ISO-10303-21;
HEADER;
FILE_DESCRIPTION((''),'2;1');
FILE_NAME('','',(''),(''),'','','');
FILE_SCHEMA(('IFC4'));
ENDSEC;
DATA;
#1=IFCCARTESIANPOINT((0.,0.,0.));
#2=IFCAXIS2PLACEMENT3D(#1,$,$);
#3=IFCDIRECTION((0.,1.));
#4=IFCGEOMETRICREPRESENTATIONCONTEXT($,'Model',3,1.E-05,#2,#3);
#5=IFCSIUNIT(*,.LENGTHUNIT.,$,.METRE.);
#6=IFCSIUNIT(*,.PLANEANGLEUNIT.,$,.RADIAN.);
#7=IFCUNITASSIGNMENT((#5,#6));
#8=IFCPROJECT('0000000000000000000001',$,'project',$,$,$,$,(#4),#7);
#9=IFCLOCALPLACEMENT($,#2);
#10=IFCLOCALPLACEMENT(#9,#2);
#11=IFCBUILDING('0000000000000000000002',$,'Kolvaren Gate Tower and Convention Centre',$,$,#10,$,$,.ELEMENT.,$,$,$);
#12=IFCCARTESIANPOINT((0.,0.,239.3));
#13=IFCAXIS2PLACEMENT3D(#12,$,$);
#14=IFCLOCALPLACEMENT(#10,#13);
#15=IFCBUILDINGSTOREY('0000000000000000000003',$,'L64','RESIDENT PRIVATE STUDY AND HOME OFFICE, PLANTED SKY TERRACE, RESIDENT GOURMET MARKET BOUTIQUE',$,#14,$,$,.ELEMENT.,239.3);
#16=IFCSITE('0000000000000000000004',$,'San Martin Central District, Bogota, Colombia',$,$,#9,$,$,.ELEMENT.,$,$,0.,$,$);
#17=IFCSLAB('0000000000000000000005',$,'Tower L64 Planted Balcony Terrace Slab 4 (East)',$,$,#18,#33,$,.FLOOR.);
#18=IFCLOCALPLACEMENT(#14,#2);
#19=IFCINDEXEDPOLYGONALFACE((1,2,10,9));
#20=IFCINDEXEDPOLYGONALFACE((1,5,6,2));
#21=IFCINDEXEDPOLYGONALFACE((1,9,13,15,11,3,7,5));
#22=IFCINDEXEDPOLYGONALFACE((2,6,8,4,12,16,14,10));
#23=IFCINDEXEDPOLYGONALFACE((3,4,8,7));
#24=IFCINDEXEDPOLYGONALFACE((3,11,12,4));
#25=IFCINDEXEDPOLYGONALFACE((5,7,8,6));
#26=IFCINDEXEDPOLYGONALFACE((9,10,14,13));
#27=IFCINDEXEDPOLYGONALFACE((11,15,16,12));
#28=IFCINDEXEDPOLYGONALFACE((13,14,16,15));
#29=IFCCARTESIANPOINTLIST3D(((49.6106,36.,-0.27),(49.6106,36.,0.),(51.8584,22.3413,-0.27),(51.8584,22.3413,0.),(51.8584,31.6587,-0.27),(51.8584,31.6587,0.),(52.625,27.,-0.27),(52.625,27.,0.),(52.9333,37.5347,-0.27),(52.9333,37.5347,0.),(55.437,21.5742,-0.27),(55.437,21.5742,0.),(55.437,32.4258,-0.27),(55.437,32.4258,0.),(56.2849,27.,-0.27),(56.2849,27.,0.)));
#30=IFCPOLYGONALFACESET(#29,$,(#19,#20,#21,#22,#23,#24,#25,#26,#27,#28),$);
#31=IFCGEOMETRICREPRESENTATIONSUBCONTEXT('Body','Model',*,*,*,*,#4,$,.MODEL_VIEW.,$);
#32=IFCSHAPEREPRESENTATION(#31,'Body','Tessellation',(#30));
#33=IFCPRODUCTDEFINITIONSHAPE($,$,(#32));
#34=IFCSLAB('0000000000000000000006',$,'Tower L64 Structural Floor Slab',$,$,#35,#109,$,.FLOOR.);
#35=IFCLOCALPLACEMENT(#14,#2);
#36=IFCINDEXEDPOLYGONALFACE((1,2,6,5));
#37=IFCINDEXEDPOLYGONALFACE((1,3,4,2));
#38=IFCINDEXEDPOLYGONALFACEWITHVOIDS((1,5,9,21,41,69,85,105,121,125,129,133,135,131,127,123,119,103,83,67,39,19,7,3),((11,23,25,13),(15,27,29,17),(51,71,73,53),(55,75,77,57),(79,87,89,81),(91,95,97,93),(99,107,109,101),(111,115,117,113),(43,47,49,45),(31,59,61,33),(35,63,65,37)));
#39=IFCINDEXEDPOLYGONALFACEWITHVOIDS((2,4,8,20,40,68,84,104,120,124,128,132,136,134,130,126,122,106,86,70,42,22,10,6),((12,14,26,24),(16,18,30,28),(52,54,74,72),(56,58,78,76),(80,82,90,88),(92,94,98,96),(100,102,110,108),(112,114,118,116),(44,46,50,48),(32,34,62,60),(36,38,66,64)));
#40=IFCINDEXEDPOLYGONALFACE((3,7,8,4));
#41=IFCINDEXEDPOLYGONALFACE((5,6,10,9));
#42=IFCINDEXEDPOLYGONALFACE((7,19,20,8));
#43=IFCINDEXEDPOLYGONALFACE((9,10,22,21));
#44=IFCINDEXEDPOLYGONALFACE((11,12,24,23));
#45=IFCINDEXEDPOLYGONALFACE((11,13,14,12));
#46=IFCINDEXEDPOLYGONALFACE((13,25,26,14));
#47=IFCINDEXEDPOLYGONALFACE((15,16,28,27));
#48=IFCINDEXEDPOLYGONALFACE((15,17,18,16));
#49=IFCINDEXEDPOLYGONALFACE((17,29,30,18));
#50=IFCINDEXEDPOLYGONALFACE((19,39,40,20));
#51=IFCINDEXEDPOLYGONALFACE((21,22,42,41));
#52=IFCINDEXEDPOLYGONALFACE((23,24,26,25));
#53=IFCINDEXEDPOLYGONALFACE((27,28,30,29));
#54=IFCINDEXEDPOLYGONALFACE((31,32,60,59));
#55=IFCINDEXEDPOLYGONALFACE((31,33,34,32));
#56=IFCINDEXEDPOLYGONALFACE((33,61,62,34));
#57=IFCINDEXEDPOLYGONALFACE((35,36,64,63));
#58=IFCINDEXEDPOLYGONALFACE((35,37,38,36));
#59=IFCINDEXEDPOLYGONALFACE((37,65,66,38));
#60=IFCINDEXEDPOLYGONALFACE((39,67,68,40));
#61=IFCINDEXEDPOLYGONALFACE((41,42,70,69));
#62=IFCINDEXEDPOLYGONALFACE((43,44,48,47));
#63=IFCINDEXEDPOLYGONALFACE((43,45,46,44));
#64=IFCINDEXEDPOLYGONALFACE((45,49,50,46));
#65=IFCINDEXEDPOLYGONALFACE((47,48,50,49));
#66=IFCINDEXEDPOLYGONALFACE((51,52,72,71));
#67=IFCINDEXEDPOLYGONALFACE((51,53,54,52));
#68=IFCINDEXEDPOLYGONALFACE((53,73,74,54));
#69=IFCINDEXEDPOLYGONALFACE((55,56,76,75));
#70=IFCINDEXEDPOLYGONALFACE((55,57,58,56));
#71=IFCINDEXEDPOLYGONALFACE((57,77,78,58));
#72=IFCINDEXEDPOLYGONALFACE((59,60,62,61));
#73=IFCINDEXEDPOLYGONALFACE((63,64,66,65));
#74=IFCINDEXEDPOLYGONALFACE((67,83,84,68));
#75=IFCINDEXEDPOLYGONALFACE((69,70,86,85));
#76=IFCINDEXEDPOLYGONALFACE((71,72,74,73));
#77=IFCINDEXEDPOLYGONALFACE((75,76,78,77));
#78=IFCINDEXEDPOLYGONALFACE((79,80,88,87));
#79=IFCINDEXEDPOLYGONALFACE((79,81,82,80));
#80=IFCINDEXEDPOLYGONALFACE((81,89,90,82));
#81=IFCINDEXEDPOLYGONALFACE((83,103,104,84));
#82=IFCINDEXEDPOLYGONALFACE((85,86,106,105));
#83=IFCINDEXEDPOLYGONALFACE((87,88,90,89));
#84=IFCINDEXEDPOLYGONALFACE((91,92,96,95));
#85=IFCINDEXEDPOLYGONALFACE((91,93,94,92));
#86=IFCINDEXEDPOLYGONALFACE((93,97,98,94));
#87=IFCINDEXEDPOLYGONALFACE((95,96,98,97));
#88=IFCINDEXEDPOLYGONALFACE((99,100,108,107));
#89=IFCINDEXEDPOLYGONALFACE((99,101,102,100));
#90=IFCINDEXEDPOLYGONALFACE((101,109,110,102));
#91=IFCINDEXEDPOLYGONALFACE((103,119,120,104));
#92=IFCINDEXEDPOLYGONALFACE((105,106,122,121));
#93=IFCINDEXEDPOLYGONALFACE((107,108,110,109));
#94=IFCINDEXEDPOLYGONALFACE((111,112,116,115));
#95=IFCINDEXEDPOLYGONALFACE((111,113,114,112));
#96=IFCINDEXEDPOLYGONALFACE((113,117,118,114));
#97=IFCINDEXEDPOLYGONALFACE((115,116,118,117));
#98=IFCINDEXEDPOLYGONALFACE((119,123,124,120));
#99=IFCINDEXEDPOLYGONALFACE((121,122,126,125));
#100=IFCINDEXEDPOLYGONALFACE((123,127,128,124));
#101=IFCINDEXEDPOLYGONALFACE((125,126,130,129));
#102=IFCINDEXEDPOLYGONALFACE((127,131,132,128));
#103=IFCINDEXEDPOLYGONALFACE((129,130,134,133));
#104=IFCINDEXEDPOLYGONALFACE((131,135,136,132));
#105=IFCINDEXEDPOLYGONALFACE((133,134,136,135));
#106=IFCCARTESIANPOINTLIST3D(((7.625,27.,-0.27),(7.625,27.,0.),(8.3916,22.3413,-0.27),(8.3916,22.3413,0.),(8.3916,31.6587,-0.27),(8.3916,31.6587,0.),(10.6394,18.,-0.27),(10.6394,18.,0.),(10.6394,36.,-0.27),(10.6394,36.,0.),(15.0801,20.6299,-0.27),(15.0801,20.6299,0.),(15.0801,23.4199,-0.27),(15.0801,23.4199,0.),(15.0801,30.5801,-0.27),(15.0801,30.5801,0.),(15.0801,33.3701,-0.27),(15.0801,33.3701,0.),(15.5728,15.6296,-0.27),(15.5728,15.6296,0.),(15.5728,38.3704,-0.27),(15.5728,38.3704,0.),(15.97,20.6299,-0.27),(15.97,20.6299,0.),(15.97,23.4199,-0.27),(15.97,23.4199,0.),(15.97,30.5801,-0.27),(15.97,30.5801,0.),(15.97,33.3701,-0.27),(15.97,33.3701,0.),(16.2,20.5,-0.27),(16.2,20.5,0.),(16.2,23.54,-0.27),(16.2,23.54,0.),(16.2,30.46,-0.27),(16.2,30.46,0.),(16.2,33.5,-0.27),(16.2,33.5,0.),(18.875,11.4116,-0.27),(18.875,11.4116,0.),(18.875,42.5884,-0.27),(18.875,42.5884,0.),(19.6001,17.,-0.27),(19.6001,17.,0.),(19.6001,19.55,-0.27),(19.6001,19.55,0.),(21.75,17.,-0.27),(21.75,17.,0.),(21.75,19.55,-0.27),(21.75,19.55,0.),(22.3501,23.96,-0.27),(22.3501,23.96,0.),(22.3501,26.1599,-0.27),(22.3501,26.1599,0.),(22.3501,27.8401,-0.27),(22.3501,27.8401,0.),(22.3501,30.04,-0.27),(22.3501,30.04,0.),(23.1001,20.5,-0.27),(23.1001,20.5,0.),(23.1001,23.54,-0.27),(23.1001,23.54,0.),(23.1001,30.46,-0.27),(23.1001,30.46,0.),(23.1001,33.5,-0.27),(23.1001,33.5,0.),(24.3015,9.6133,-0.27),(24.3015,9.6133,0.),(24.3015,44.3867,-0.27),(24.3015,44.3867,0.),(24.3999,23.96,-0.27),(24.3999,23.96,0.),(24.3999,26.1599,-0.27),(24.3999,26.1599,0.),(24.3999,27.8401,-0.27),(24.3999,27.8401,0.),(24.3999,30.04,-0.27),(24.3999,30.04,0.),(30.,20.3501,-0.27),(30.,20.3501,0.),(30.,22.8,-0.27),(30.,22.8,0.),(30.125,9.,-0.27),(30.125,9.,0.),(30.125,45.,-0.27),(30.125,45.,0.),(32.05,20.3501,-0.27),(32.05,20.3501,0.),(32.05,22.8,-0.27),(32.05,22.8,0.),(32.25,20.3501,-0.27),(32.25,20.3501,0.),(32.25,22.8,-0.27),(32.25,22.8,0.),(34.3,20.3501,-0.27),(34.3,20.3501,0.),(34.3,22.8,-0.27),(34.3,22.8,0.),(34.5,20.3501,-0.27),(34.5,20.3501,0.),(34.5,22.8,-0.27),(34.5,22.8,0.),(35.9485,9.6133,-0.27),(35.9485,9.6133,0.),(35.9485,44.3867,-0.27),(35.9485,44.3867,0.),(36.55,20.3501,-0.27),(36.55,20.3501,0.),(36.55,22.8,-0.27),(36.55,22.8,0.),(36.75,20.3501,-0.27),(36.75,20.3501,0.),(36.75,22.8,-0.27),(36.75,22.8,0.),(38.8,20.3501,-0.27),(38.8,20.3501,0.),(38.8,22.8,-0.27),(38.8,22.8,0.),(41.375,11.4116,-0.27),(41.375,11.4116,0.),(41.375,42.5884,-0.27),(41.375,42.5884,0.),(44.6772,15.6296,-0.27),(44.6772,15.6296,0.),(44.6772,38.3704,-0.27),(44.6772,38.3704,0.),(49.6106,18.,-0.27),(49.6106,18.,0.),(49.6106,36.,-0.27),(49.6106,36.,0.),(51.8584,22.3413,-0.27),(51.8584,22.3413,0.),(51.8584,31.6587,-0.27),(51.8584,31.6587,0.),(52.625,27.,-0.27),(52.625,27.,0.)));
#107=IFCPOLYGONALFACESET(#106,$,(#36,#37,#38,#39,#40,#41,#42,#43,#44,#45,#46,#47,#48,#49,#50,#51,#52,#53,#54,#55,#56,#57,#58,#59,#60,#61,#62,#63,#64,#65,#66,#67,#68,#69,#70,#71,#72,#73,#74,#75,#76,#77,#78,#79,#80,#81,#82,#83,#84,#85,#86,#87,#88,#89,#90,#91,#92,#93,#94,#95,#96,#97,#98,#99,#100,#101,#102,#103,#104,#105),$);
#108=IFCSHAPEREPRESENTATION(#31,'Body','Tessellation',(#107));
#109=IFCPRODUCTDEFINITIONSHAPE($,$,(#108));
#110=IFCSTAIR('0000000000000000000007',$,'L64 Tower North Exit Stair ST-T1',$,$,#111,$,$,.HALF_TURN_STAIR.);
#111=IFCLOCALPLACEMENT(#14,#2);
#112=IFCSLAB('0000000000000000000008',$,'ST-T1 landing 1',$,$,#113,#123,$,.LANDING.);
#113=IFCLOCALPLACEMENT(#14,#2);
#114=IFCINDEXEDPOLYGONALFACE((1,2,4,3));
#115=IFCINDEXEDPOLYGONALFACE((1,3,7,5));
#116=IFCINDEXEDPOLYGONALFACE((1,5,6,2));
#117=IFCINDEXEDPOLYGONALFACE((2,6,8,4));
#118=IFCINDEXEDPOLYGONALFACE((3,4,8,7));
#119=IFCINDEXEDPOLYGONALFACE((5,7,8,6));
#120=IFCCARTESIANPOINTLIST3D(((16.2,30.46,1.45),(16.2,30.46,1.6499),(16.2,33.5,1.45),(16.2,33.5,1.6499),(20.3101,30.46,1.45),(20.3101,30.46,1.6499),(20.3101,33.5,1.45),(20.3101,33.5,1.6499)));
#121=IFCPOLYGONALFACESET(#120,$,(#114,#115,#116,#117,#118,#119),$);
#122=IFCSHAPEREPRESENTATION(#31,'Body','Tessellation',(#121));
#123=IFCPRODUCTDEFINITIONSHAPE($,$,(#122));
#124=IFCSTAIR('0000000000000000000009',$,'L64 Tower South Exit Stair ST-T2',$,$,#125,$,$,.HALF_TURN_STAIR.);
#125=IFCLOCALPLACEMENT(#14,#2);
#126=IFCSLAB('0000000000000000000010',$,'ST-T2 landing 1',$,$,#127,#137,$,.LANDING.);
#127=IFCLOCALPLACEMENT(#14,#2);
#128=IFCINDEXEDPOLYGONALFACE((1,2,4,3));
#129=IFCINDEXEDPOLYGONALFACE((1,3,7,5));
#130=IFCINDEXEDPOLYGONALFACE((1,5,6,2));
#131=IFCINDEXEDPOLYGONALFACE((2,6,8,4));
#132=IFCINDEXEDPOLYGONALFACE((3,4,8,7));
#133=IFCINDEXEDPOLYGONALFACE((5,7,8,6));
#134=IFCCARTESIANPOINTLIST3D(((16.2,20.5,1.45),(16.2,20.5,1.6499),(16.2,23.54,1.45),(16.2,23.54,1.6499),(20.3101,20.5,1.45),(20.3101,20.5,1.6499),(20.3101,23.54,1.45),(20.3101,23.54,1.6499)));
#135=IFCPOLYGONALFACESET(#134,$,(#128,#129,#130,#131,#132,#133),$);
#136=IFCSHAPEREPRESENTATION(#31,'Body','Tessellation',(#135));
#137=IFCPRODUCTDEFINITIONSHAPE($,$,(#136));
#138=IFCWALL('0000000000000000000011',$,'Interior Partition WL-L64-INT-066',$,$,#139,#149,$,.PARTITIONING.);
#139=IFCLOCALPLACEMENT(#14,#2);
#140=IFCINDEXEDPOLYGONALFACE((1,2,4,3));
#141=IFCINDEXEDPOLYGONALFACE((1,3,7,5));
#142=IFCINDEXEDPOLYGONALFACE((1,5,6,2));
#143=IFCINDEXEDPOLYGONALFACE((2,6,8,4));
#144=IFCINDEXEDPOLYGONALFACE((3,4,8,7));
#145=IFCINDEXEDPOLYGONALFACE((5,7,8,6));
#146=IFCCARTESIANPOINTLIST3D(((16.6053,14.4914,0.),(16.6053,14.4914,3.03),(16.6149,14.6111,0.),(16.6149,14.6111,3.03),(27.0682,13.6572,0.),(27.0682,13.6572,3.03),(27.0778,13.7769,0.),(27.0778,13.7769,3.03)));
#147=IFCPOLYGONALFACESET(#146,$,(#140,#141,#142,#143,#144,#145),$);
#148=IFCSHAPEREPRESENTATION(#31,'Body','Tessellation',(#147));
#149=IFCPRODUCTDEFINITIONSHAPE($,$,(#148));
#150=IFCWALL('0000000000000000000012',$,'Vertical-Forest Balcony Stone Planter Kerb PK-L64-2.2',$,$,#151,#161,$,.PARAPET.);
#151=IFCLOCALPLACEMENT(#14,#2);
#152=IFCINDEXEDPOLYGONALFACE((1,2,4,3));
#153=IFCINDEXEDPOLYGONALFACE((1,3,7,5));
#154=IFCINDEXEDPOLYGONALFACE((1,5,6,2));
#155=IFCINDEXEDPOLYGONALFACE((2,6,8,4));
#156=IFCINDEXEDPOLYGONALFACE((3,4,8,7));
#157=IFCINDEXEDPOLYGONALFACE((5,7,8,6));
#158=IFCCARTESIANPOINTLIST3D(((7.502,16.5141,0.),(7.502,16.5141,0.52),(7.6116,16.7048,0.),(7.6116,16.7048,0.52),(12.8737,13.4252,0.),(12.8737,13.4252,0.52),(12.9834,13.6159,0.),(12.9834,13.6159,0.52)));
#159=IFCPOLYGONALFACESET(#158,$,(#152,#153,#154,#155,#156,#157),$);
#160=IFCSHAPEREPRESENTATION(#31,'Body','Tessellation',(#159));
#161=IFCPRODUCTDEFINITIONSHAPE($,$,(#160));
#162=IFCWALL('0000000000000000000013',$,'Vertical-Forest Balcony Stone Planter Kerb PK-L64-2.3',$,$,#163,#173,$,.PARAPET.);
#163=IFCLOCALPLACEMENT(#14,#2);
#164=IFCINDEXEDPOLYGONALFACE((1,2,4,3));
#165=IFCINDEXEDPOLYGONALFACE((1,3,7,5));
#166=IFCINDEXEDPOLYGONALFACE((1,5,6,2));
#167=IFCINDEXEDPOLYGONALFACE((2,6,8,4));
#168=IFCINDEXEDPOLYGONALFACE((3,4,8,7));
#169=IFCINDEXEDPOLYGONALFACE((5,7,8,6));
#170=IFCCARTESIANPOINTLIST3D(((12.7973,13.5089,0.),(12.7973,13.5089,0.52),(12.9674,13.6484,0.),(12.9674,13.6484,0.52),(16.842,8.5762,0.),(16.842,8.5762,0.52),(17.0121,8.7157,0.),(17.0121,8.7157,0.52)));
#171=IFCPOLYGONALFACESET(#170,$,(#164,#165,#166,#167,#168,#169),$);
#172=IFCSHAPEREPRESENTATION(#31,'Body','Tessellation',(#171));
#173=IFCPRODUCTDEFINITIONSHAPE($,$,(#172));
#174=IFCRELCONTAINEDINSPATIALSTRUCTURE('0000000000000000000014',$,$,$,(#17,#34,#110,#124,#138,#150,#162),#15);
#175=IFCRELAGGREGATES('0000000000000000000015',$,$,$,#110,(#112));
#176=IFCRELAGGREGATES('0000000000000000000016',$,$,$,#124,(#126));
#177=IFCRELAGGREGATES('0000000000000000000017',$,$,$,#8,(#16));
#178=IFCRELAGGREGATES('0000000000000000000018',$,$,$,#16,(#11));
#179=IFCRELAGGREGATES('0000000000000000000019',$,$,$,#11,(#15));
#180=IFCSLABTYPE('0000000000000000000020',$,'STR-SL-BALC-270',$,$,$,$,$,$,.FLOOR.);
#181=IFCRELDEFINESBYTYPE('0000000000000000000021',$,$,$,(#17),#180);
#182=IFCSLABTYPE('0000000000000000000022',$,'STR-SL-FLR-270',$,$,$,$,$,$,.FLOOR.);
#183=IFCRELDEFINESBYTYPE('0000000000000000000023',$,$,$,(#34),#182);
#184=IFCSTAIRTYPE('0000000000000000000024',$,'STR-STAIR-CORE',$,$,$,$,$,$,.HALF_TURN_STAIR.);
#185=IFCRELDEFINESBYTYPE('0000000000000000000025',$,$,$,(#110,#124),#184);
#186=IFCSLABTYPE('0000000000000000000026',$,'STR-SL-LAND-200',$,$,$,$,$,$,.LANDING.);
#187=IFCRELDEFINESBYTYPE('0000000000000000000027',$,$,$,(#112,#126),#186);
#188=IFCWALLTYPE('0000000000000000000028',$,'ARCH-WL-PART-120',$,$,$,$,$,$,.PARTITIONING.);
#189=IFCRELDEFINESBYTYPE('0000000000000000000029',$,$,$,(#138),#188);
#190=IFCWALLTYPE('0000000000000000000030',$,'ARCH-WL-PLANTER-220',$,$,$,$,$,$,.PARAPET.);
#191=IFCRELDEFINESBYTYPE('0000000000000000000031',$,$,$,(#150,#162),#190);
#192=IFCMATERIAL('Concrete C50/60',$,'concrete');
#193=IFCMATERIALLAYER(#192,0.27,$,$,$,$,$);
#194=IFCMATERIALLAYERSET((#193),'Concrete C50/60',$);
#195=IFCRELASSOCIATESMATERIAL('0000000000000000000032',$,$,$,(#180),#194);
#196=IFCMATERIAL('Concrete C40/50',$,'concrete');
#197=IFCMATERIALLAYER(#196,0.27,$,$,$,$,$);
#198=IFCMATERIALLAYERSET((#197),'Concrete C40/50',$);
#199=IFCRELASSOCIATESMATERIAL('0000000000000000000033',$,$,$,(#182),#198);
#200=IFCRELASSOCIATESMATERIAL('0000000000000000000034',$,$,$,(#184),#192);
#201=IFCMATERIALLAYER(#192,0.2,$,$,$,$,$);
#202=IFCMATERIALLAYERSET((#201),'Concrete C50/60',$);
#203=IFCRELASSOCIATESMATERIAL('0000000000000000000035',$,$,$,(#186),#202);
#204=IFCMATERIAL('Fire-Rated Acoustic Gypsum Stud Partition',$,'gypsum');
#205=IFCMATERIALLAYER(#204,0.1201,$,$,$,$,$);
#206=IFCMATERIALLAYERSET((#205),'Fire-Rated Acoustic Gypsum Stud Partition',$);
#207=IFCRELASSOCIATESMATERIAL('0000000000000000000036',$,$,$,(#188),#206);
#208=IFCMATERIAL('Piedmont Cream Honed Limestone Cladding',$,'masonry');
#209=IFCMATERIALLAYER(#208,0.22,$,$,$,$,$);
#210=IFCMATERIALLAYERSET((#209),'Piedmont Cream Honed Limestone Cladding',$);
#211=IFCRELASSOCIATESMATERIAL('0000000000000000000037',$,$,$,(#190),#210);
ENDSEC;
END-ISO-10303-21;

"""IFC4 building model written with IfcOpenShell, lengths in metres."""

from ifc_helpers import new_model, si_unit, direction, frame, frame_2d, origin, place, context, subcontext, project, spatial, polyline, rectangle, outline, extrude, material, layer, layer_set, type_object, element, aggregate, save


model = new_model("IFC4")

# Units and contexts
model_context = context("Model", 3, precision=1e-05, world=origin(), true_north=direction((0.0, 1.0)))
body_context = subcontext(model_context, "Body", "Model", "MODEL_VIEW")
ifc_project = project(units=[si_unit("LENGTHUNIT", "METRE"), si_unit("PLANEANGLEUNIT", "RADIAN")], contexts=[model_context])

# Site, building, storey
site_placement = place(None, origin())
site = spatial("IfcSite", under=ifc_project, at=site_placement, Name="San Martin Central District, Bogota, Colombia", CompositionType="ELEMENT", RefElevation=0.0)
building_placement = place(site_placement, origin())
building = spatial("IfcBuilding", under=site, at=building_placement, Name="Kolvaren Gate Tower and Convention Centre", CompositionType="ELEMENT")
storey_placement = place(building_placement, frame((0.0, 0.0, 239.3)))
storey = spatial("IfcBuildingStorey", under=building, at=storey_placement, Name="L64", Description="RESIDENT PRIVATE STUDY AND HOME OFFICE, PLANTED SKY TERRACE, RESIDENT GOURMET MARKET BOUTIQUE", CompositionType="ELEMENT", Elevation=239.3)

# Shared definitions
ifc_material_1 = material(Name="Concrete C50/60", Category="concrete")

# Slabs
ifc_layer_1 = layer(ifc_material_1, 0.27)
ifc_layer_set_1 = layer_set([ifc_layer_1], Name="Concrete C50/60")
slab_type_1 = type_object("IfcSlabType", Name="STR-SL-BALC-270", PredefinedType="FLOOR", material=ifc_layer_set_1)
slab_1_placement = place(storey_placement, frame((0.0, 0.0, -0.27)))
element("IfcSlab", 1, at=slab_1_placement, inside=storey, type_object=slab_type_1, Name="Tower L64 Planted Balcony Terrace Slab 4 (East)", PredefinedType="FLOOR", context=body_context, shape_type="SweptSolid", body=[
    extrude(outline(polyline([(51.8584, 22.3413), (52.625, 27.0), (51.8584, 31.6587), (49.6106, 36.0), (52.9333, 37.5347), (55.437, 32.4258), (56.2849, 27.0), (55.437, 21.5742), (51.8584, 22.3413)])), origin(), (0.0, 0.0, 1.0), 0.27),
])
ifc_material_2 = material(Name="Concrete C40/50", Category="concrete")
ifc_layer_2 = layer(ifc_material_2, 0.27)
ifc_layer_set_2 = layer_set([ifc_layer_2], Name="Concrete C40/50")
slab_type_2 = type_object("IfcSlabType", Name="STR-SL-FLR-270", PredefinedType="FLOOR", material=ifc_layer_set_2)
slab_2_placement = place(storey_placement, frame((0.0, 0.0, -0.27)))
element("IfcSlab", 2, at=slab_2_placement, inside=storey, type_object=slab_type_2, Name="Tower L64 Structural Floor Slab", PredefinedType="FLOOR", context=body_context, shape_type="SweptSolid", body=[
    extrude(outline(polyline([(52.625, 27.0), (51.8584, 31.6587), (49.6106, 36.0), (44.6772, 38.3704), (41.375, 42.5884), (35.9485, 44.3867), (30.125, 45.0), (24.3015, 44.3867), (18.875, 42.5884), (15.5728, 38.3704), (10.6394, 36.0), (8.3916, 31.6587), (7.625, 27.0), (8.3916, 22.3413), (10.6394, 18.0), (15.5728, 15.6296), (18.875, 11.4116), (24.3015, 9.6133), (30.125, 9.0), (35.9485, 9.6133), (41.375, 11.4116), (44.6772, 15.6296), (49.6106, 18.0), (51.8584, 22.3413), (52.625, 27.0)]), holes=[polyline([(36.75, 20.3501), (36.75, 22.8), (38.8, 22.8), (38.8, 20.3501), (36.75, 20.3501)]), polyline([(36.55, 20.3501), (34.5, 20.3501), (34.5, 22.8), (36.55, 22.8), (36.55, 20.3501)]), polyline([(32.25, 20.3501), (32.25, 22.8), (34.3, 22.8), (34.3, 20.3501), (32.25, 20.3501)]), polyline([(30.0, 20.3501), (30.0, 22.8), (32.05, 22.8), (32.05, 20.3501), (30.0, 20.3501)]), polyline([(22.3501, 23.96), (22.3501, 26.1599), (24.3999, 26.1599), (24.3999, 23.96), (22.3501, 23.96)]), polyline([(22.3501, 27.8401), (22.3501, 30.04), (24.3999, 30.04), (24.3999, 27.8401), (22.3501, 27.8401)]), polyline([(16.2, 23.54), (23.1001, 23.54), (23.1001, 20.5), (16.2, 20.5), (16.2, 23.54)]), polyline([(16.2, 33.5), (23.1001, 33.5), (23.1001, 30.46), (16.2, 30.46), (16.2, 33.5)]), polyline([(21.75, 17.0), (19.6001, 17.0), (19.6001, 19.55), (21.75, 19.55), (21.75, 17.0)]), polyline([(15.0801, 30.5801), (15.0801, 33.3701), (15.97, 33.3701), (15.97, 30.5801), (15.0801, 30.5801)]), polyline([(15.97, 20.6299), (15.0801, 20.6299), (15.0801, 23.4199), (15.97, 23.4199), (15.97, 20.6299)])]), origin(), (0.0, 0.0, 1.0), 0.27),
])

# Stairs, slabs
stair_type = type_object("IfcStairType", Name="STR-STAIR-CORE", PredefinedType="HALF_TURN_STAIR", material=ifc_material_1)
stair_1_placement = place(storey_placement, origin())
stair_1 = element("IfcStair", 3, at=stair_1_placement, inside=storey, type_object=stair_type, Name="L64 Tower North Exit Stair ST-T1", PredefinedType="HALF_TURN_STAIR")
ifc_layer_3 = layer(ifc_material_1, 0.2)
ifc_layer_set_3 = layer_set([ifc_layer_3], Name="Concrete C50/60")
slab_type_3 = type_object("IfcSlabType", Name="STR-SL-LAND-200", PredefinedType="LANDING", material=ifc_layer_set_3)
slab_3_placement = place(storey_placement, frame((0.0, 0.0, 1.45)))
slab_3 = element("IfcSlab", 4, at=slab_3_placement, type_object=slab_type_3, Name="ST-T1 landing 1", PredefinedType="LANDING", context=body_context, shape_type="SweptSolid", body=[
    extrude(outline(polyline([(20.3101, 33.5), (16.2, 33.5), (16.2, 30.46), (20.3101, 30.46), (20.3101, 33.5)])), origin(), (0.0, 0.0, 1.0), 0.2),
])
aggregate(stair_1, [slab_3])
stair_2_placement = place(storey_placement, origin())
stair_2 = element("IfcStair", 5, at=stair_2_placement, inside=storey, type_object=stair_type, Name="L64 Tower South Exit Stair ST-T2", PredefinedType="HALF_TURN_STAIR")
slab_4_placement = place(storey_placement, frame((0.0, 0.0, 1.45)))
slab_4 = element("IfcSlab", 6, at=slab_4_placement, type_object=slab_type_3, Name="ST-T2 landing 1", PredefinedType="LANDING", context=body_context, shape_type="SweptSolid", body=[
    extrude(outline(polyline([(20.3101, 23.54), (16.2, 23.54), (16.2, 20.5), (20.3101, 20.5), (20.3101, 23.54)])), origin(), (0.0, 0.0, 1.0), 0.2),
])
aggregate(stair_2, [slab_4])

# Walls
ifc_material_3 = material(Name="Fire-Rated Acoustic Gypsum Stud Partition", Category="gypsum")
ifc_layer_4 = layer(ifc_material_3, 0.1201)
ifc_layer_set_4 = layer_set([ifc_layer_4], Name="Fire-Rated Acoustic Gypsum Stud Partition")
wall_type_1 = type_object("IfcWallType", Name="ARCH-WL-PART-120", PredefinedType="PARTITIONING", material=ifc_layer_set_4)
wall_1_placement = place(storey_placement, frame((16.6101, 14.5513, 0.0), z_axis=(0.0, 0.0, 1.0), x_axis=(0.996836, -0.07948, 0.0)))
element("IfcWall", 7, at=wall_1_placement, inside=storey, type_object=wall_type_1, Name="Interior Partition WL-L64-INT-066", PredefinedType="PARTITIONING", context=body_context, shape_type="SweptSolid", body=[
    extrude(rectangle(XDim=10.4961, YDim=0.1201, at=frame_2d((5.248, 0.0))), origin(), (0.0, 0.0, 1.0), 3.03),
])
ifc_material_4 = material(Name="Piedmont Cream Honed Limestone Cladding", Category="masonry")
ifc_layer_5 = layer(ifc_material_4, 0.22)
ifc_layer_set_5 = layer_set([ifc_layer_5], Name="Piedmont Cream Honed Limestone Cladding")
wall_type_2 = type_object("IfcWallType", Name="ARCH-WL-PLANTER-220", PredefinedType="PARAPET", material=ifc_layer_set_5)
wall_2_placement = place(storey_placement, frame((7.5569, 16.6094, 0.0), z_axis=(0.0, 0.0, 1.0), x_axis=(0.866902, -0.498479, 0.0)))
element("IfcWall", 8, at=wall_2_placement, inside=storey, type_object=wall_type_2, Name="Vertical-Forest Balcony Stone Planter Kerb PK-L64-2.2", PredefinedType="PARAPET", context=body_context, shape_type="SweptSolid", body=[
    extrude(rectangle(XDim=6.1965, YDim=0.22, at=frame_2d((3.0981, 0.0))), origin(), (0.0, 0.0, 1.0), 0.52),
])
wall_3_placement = place(storey_placement, frame((12.8823, 13.5786, 0.0), z_axis=(0.0, 0.0, 1.0), x_axis=(0.634073, -0.773273, 0.0)))
element("IfcWall", 9, at=wall_3_placement, inside=storey, type_object=wall_type_2, Name="Vertical-Forest Balcony Stone Planter Kerb PK-L64-2.3", PredefinedType="PARAPET", context=body_context, shape_type="SweptSolid", body=[
    extrude(rectangle(XDim=6.3789, YDim=0.22, at=frame_2d((3.1895, 0.0))), origin(), (0.0, 0.0, 1.0), 0.52),
])

save(model, "model.ifc")
